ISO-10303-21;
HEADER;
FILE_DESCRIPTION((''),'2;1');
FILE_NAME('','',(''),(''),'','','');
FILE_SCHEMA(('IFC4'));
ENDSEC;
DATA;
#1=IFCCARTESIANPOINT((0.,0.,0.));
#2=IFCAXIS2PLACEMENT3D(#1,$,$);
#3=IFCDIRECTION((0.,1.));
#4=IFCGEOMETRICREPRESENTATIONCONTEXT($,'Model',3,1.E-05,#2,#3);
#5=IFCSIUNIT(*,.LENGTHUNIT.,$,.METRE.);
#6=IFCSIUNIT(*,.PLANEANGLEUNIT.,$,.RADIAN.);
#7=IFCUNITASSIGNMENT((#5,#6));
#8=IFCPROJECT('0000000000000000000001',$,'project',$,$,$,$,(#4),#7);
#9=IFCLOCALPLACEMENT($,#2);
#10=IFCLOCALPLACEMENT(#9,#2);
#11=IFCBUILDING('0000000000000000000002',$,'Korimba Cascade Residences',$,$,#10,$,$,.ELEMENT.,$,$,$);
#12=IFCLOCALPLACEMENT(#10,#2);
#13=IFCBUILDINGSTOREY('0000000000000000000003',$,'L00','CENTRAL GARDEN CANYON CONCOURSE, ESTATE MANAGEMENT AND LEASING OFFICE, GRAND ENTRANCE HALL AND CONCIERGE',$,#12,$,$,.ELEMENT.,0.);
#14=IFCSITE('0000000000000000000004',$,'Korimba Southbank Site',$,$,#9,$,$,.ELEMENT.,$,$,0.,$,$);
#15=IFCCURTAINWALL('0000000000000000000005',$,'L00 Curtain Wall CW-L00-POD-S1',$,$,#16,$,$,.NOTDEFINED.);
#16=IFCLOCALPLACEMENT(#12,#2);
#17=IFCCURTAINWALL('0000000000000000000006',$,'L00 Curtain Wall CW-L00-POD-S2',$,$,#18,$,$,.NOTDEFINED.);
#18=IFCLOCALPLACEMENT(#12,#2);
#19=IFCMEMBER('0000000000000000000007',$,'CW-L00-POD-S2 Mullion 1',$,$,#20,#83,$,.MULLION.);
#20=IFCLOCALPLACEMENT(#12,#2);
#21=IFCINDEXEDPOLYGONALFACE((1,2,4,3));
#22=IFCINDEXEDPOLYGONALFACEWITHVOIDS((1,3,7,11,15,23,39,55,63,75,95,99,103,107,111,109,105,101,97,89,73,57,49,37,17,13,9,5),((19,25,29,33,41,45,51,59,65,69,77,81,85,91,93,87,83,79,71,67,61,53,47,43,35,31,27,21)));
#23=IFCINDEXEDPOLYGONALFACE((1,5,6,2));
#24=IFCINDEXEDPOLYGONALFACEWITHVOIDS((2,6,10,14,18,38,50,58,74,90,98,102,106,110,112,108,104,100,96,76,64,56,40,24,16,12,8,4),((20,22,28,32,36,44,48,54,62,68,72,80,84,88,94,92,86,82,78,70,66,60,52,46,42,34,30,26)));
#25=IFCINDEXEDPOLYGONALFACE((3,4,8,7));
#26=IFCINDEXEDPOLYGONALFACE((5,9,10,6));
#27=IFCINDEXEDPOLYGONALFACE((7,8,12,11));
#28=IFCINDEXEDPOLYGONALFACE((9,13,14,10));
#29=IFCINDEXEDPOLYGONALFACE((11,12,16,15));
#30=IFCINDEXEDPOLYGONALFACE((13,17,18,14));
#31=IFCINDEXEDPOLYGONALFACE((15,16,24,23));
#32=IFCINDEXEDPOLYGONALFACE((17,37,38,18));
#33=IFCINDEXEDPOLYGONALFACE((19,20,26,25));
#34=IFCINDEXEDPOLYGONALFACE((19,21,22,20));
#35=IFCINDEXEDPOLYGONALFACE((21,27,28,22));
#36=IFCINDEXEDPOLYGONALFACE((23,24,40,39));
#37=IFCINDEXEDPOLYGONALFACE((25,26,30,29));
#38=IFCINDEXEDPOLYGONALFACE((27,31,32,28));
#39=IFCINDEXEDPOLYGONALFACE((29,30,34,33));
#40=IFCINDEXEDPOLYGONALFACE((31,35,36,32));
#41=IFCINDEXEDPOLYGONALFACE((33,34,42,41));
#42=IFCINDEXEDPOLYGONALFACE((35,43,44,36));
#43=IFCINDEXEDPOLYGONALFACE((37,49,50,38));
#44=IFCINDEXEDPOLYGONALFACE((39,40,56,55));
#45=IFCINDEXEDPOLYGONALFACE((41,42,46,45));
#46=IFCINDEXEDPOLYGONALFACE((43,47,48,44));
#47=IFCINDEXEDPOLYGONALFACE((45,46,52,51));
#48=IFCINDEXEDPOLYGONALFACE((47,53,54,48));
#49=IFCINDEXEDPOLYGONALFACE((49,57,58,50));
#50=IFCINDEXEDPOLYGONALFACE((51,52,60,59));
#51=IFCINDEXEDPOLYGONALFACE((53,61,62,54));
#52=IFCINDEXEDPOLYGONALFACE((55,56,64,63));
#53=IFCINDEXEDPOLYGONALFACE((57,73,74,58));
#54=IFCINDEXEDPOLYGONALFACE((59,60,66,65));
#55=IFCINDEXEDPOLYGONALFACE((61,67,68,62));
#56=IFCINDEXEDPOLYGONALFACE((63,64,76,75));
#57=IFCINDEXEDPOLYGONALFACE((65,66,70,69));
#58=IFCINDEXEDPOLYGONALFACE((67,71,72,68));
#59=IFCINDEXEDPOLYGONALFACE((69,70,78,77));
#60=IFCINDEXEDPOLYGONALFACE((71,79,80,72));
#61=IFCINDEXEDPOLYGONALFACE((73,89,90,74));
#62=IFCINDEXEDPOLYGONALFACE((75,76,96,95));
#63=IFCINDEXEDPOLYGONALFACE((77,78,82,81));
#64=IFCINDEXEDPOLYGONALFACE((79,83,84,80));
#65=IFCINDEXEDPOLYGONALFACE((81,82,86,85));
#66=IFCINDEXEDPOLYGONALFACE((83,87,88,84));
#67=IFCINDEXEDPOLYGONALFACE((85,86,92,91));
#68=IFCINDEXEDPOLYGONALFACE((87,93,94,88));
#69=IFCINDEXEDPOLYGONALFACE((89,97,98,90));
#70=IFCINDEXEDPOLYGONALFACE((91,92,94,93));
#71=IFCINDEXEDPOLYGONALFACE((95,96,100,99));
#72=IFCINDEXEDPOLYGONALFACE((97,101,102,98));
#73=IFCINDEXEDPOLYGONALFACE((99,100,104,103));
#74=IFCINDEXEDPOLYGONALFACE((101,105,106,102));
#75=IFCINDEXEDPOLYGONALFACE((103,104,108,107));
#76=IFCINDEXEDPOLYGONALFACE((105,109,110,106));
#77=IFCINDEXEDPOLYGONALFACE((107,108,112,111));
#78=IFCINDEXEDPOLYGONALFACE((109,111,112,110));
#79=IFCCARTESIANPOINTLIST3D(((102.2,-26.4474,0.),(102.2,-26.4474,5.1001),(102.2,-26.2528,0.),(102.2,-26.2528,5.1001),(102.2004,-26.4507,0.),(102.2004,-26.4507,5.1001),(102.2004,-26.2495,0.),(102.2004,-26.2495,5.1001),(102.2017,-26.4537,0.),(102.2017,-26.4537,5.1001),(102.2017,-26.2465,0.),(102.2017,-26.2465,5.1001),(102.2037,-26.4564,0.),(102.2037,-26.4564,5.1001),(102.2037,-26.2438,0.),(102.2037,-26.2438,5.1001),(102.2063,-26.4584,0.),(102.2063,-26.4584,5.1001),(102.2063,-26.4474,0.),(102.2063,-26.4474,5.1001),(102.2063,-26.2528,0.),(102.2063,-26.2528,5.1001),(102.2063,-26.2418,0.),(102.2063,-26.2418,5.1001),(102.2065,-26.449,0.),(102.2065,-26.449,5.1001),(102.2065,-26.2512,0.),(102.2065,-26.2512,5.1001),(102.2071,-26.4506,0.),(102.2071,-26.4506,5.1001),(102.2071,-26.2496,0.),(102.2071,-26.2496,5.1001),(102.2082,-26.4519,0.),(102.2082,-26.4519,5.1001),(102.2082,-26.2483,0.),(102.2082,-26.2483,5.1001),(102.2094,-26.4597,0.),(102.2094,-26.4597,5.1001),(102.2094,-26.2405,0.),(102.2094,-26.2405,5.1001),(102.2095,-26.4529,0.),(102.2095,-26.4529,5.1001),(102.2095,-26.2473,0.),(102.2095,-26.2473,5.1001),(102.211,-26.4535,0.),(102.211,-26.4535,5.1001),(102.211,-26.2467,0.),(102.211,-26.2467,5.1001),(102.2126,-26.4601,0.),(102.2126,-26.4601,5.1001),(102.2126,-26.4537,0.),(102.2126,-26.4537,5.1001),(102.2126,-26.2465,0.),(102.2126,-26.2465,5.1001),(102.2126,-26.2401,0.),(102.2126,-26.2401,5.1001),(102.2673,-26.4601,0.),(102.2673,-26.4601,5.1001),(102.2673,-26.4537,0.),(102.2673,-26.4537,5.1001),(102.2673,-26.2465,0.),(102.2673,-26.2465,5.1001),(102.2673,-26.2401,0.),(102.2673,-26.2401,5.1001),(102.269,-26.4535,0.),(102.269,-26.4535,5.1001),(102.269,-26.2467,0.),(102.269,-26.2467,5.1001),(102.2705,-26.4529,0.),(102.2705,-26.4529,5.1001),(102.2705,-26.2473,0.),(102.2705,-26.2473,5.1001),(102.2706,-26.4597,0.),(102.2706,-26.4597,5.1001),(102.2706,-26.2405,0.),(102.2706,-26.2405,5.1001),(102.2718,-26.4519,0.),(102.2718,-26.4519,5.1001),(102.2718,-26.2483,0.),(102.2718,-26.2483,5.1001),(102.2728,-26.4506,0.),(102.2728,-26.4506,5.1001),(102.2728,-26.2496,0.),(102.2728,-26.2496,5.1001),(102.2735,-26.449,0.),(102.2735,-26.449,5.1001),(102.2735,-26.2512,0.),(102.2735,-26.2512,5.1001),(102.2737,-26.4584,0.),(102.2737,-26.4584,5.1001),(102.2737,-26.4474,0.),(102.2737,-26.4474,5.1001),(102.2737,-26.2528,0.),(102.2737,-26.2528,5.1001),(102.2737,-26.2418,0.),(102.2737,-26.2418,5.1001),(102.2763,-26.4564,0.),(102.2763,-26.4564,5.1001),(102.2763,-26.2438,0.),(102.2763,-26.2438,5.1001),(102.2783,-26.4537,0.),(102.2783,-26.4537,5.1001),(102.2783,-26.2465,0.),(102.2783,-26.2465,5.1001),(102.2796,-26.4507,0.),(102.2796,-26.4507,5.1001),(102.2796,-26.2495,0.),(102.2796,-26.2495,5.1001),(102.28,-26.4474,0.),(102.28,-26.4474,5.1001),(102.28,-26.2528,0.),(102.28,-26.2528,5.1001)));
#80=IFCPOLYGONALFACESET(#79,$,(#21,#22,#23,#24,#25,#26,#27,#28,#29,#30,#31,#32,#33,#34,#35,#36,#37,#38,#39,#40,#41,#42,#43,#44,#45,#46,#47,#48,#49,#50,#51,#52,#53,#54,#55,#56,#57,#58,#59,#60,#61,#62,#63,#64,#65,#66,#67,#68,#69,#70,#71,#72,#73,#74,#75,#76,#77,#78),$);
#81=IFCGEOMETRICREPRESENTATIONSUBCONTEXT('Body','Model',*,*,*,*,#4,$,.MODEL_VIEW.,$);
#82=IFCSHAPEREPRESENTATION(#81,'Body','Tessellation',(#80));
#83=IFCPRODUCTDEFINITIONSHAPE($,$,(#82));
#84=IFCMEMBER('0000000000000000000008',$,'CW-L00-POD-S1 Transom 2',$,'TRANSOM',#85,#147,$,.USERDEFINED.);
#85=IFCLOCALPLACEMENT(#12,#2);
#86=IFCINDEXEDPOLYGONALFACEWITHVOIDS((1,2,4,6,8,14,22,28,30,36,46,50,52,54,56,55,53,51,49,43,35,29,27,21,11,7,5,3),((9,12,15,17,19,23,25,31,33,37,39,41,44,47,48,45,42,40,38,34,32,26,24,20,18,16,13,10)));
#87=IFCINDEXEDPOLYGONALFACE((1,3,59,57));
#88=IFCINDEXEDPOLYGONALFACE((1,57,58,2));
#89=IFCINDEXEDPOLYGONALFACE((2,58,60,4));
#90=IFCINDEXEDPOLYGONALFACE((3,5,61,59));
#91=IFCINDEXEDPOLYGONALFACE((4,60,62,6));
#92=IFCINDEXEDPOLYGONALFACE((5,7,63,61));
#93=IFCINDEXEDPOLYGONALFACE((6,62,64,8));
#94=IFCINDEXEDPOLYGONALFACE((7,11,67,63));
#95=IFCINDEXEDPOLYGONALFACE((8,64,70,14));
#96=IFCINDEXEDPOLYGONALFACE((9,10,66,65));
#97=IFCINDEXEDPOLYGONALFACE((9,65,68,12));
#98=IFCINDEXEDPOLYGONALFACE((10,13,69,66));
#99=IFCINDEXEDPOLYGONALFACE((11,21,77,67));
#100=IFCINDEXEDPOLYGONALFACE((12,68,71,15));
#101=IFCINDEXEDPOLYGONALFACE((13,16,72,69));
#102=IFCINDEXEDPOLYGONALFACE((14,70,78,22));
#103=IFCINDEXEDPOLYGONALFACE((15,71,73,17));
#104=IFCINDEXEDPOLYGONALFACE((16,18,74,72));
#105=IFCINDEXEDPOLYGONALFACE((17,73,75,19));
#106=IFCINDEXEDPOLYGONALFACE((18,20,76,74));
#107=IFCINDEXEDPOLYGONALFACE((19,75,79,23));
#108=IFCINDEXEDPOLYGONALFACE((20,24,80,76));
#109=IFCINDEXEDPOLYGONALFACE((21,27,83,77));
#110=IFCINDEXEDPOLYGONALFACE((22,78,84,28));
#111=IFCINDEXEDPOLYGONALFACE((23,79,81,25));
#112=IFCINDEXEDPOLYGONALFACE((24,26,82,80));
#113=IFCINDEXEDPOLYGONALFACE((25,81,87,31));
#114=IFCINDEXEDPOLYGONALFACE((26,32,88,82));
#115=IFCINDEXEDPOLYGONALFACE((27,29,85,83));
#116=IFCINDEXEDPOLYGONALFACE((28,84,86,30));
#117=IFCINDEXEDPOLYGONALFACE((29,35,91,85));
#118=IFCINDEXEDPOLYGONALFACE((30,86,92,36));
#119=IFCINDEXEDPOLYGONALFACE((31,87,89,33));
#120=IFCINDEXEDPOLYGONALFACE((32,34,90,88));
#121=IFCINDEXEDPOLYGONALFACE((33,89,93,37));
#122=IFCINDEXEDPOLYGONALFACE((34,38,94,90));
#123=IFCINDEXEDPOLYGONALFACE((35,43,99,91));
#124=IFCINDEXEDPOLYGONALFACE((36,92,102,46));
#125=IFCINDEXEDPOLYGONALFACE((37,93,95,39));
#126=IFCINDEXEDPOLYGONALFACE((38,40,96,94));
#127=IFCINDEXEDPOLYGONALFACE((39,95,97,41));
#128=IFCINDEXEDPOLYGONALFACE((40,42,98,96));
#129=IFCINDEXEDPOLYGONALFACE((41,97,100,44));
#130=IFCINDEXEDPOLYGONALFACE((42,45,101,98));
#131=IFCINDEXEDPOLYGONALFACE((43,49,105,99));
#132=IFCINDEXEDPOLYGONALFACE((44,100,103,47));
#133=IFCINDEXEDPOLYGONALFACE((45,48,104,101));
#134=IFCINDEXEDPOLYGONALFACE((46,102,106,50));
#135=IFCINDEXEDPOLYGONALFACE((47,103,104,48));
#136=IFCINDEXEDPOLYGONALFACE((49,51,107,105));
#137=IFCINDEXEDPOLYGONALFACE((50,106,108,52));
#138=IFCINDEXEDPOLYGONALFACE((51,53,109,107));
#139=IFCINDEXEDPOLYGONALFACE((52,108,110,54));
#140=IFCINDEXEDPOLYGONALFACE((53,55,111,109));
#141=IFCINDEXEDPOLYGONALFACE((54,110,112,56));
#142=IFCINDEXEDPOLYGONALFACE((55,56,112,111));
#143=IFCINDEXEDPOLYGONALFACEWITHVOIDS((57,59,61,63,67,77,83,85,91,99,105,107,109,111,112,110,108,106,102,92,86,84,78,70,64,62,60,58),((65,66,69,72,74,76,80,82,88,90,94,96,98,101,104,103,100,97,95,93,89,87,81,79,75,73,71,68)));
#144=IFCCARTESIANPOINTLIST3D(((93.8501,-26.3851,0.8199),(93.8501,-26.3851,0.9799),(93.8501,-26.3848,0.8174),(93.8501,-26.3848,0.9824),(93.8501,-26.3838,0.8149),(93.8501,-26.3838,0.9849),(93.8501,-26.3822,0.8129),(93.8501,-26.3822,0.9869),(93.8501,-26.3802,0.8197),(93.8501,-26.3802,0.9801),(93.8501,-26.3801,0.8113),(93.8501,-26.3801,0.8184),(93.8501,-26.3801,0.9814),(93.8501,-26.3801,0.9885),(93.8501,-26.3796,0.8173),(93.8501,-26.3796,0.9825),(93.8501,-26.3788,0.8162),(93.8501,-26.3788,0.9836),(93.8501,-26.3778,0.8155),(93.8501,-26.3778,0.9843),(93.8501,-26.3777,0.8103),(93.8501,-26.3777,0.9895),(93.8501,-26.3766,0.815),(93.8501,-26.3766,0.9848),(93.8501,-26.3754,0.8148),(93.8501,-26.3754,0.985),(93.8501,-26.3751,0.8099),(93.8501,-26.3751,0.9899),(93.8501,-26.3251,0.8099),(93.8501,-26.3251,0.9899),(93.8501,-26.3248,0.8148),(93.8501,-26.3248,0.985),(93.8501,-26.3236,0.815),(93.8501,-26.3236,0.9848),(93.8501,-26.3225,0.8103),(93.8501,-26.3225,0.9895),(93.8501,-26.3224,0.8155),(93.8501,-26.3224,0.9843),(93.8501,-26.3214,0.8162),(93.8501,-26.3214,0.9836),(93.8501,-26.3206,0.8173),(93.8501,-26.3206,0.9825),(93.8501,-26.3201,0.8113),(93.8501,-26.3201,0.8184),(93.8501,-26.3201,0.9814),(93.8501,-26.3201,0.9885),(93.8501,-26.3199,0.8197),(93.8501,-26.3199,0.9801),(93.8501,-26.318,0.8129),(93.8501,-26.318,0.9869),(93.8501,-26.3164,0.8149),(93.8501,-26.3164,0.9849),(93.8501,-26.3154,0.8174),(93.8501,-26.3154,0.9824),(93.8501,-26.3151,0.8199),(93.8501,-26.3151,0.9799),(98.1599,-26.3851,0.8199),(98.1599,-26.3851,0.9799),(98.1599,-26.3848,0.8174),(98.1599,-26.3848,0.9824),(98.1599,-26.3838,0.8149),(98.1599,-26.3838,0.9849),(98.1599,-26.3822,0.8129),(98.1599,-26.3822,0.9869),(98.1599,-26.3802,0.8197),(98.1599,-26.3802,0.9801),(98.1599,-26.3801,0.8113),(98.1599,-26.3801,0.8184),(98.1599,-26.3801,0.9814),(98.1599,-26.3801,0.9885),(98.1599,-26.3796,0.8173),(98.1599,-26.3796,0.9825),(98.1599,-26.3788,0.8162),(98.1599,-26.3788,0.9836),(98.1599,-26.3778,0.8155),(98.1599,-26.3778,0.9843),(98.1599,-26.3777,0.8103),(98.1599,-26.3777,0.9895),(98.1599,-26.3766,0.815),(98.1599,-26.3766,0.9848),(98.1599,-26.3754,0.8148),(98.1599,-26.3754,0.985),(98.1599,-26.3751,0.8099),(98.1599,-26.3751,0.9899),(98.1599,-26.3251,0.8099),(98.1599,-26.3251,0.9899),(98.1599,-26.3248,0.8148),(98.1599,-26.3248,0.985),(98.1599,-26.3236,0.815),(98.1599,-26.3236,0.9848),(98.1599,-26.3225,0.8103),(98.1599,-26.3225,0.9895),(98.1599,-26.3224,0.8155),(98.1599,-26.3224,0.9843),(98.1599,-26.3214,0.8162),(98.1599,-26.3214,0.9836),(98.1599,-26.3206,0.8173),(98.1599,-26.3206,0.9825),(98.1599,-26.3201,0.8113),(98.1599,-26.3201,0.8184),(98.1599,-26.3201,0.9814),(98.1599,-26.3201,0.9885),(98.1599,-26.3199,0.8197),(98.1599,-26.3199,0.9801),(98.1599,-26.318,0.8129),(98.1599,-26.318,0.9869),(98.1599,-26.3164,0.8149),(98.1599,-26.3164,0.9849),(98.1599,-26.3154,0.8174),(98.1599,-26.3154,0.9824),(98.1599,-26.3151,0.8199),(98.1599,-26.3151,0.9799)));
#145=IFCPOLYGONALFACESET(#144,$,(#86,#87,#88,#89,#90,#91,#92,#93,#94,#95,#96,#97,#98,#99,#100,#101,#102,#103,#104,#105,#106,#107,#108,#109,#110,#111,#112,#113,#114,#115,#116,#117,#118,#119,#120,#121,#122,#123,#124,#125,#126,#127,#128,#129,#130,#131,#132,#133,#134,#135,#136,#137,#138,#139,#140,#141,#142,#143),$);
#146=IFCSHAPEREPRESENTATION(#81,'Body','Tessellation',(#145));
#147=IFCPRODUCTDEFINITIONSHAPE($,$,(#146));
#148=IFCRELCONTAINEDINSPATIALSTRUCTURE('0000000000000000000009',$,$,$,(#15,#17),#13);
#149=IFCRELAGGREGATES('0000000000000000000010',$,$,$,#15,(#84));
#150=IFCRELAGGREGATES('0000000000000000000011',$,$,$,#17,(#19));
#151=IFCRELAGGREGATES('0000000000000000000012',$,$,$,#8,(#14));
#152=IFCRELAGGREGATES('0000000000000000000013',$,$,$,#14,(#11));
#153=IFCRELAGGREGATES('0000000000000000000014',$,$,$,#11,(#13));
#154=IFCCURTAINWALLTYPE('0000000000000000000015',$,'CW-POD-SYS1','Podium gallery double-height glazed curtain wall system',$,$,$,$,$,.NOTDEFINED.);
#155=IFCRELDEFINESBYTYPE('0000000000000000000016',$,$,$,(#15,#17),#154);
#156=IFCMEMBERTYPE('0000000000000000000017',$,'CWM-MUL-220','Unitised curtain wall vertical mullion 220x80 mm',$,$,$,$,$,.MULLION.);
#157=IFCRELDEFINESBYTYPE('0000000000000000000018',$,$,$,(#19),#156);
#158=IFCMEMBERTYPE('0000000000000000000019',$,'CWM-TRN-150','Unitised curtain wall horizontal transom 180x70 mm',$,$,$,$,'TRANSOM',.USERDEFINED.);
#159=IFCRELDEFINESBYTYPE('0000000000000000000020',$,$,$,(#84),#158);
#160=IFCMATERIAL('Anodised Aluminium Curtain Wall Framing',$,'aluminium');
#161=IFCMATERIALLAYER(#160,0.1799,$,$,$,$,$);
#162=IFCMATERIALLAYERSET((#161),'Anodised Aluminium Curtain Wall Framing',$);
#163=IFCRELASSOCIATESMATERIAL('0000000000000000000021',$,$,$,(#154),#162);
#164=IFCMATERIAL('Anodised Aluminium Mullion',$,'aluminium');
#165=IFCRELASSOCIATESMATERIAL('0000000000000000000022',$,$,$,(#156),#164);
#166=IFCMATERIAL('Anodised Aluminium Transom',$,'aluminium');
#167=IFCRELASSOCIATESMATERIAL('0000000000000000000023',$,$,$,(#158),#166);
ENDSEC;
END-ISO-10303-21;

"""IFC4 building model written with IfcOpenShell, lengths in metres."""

from ifc_helpers import new_model, si_unit, direction, frame, origin, origin_2d, place, context, subcontext, project, spatial, hollow_rectangle, extrude, material, layer, layer_set, material_profile, profile_set, type_object, element, aggregate, save


model = new_model("IFC4")

# Units and contexts
model_context = context("Model", 3, precision=1e-05, world=origin(), true_north=direction((0.0, 1.0)))
body_context = subcontext(model_context, "Body", "Model", "MODEL_VIEW")
ifc_project = project(units=[si_unit("LENGTHUNIT", "METRE"), si_unit("PLANEANGLEUNIT", "RADIAN")], contexts=[model_context])

# Site, building, storey
site_placement = place(None, origin())
site = spatial("IfcSite", under=ifc_project, at=site_placement, Name="Korimba Southbank Site", CompositionType="ELEMENT", RefElevation=0.0)
building_placement = place(site_placement, origin())
building = spatial("IfcBuilding", under=site, at=building_placement, Name="Korimba Cascade Residences", CompositionType="ELEMENT")
storey_placement = place(building_placement, origin())
storey = spatial("IfcBuildingStorey", under=building, at=storey_placement, Name="L00", Description="CENTRAL GARDEN CANYON CONCOURSE, ESTATE MANAGEMENT AND LEASING OFFICE, GRAND ENTRANCE HALL AND CONCIERGE", CompositionType="ELEMENT", Elevation=0.0)

# Curtain wall
ifc_material_1 = material(Name="Anodised Aluminium Curtain Wall Framing", Category="aluminium")
ifc_layer_1 = layer(ifc_material_1, 0.1799)
ifc_layer_set_1 = layer_set([ifc_layer_1], Name="Anodised Aluminium Curtain Wall Framing")
curtain_wall_type = type_object("IfcCurtainWallType", Name="CW-POD-SYS1", Description="Podium gallery double-height glazed curtain wall system", PredefinedType="NOTDEFINED", material=ifc_layer_set_1)
curtain_wall_1_placement = place(storey_placement, origin())
curtain_wall_1 = element("IfcCurtainWall", 1, at=curtain_wall_1_placement, inside=storey, type_object=curtain_wall_type, Name="L00 Curtain Wall CW-L00-POD-S1", PredefinedType="NOTDEFINED")
ifc_material_2 = material(Name="Anodised Aluminium Mullion", Category="aluminium")
ifc_material_profile_1 = material_profile(ifc_material_2, hollow_rectangle(XDim=0.0801, YDim=0.22, WallThickness=0.0063, InnerFilletRadius=0.0063, OuterFilletRadius=0.0127, at=origin_2d()), Name="Anodised Aluminium Mullion")
ifc_profile_set_1 = profile_set([ifc_material_profile_1], Name="Anodised Aluminium Mullion")
member_type_1 = type_object("IfcMemberType", Name="CWM-MUL-220", Description="Unitised curtain wall vertical mullion 220x80 mm", PredefinedType="MULLION", material=ifc_profile_set_1)

# Curtain wall, member
curtain_wall_2_placement = place(storey_placement, origin())
curtain_wall_2 = element("IfcCurtainWall", 2, at=curtain_wall_2_placement, inside=storey, type_object=curtain_wall_type, Name="L00 Curtain Wall CW-L00-POD-S2", PredefinedType="NOTDEFINED")
member_1_placement = place(storey_placement, frame((102.24, -26.3501, 0.0), z_axis=(0.0, 0.0, 1.0), x_axis=(1.0, 0.0, 0.0)))
member_1 = element("IfcMember", 3, at=member_1_placement, type_object=member_type_1, Name="CW-L00-POD-S2 Mullion 1", PredefinedType="MULLION", context=body_context, shape_type="SweptSolid", body=[
    extrude(hollow_rectangle(XDim=0.0801, YDim=0.22, WallThickness=0.0063, InnerFilletRadius=0.0063, OuterFilletRadius=0.0127, at=origin_2d()), origin(), (0.0, 0.0, 1.0), 5.1001),
])

# Member
ifc_material_3 = material(Name="Anodised Aluminium Transom", Category="aluminium")
ifc_material_profile_2 = material_profile(ifc_material_3, hollow_rectangle(XDim=0.0701, YDim=0.1799, WallThickness=0.0049, InnerFilletRadius=0.0049, OuterFilletRadius=0.01, at=origin_2d()), Name="Anodised Aluminium Transom")
ifc_profile_set_2 = profile_set([ifc_material_profile_2], Name="Anodised Aluminium Transom")
member_type_2 = type_object("IfcMemberType", Name="CWM-TRN-150", Description="Unitised curtain wall horizontal transom 180x70 mm", ElementType="TRANSOM", PredefinedType="USERDEFINED", material=ifc_profile_set_2)
member_2_placement = place(storey_placement, frame((93.8501, -26.3501, 0.8999), z_axis=(1.0, 0.0, 0.0), x_axis=(0.0, 1.0, 0.0)))
member_2 = element("IfcMember", 4, at=member_2_placement, type_object=member_type_2, Name="CW-L00-POD-S1 Transom 2", ObjectType="TRANSOM", PredefinedType="USERDEFINED", context=body_context, shape_type="SweptSolid", body=[
    extrude(hollow_rectangle(XDim=0.0701, YDim=0.1799, WallThickness=0.0049, InnerFilletRadius=0.0049, OuterFilletRadius=0.01, at=origin_2d()), origin(), (0.0, 0.0, 1.0), 4.3098),
])

aggregate(curtain_wall_1, [member_2])
aggregate(curtain_wall_2, [member_1])

save(model, "model.ifc")
